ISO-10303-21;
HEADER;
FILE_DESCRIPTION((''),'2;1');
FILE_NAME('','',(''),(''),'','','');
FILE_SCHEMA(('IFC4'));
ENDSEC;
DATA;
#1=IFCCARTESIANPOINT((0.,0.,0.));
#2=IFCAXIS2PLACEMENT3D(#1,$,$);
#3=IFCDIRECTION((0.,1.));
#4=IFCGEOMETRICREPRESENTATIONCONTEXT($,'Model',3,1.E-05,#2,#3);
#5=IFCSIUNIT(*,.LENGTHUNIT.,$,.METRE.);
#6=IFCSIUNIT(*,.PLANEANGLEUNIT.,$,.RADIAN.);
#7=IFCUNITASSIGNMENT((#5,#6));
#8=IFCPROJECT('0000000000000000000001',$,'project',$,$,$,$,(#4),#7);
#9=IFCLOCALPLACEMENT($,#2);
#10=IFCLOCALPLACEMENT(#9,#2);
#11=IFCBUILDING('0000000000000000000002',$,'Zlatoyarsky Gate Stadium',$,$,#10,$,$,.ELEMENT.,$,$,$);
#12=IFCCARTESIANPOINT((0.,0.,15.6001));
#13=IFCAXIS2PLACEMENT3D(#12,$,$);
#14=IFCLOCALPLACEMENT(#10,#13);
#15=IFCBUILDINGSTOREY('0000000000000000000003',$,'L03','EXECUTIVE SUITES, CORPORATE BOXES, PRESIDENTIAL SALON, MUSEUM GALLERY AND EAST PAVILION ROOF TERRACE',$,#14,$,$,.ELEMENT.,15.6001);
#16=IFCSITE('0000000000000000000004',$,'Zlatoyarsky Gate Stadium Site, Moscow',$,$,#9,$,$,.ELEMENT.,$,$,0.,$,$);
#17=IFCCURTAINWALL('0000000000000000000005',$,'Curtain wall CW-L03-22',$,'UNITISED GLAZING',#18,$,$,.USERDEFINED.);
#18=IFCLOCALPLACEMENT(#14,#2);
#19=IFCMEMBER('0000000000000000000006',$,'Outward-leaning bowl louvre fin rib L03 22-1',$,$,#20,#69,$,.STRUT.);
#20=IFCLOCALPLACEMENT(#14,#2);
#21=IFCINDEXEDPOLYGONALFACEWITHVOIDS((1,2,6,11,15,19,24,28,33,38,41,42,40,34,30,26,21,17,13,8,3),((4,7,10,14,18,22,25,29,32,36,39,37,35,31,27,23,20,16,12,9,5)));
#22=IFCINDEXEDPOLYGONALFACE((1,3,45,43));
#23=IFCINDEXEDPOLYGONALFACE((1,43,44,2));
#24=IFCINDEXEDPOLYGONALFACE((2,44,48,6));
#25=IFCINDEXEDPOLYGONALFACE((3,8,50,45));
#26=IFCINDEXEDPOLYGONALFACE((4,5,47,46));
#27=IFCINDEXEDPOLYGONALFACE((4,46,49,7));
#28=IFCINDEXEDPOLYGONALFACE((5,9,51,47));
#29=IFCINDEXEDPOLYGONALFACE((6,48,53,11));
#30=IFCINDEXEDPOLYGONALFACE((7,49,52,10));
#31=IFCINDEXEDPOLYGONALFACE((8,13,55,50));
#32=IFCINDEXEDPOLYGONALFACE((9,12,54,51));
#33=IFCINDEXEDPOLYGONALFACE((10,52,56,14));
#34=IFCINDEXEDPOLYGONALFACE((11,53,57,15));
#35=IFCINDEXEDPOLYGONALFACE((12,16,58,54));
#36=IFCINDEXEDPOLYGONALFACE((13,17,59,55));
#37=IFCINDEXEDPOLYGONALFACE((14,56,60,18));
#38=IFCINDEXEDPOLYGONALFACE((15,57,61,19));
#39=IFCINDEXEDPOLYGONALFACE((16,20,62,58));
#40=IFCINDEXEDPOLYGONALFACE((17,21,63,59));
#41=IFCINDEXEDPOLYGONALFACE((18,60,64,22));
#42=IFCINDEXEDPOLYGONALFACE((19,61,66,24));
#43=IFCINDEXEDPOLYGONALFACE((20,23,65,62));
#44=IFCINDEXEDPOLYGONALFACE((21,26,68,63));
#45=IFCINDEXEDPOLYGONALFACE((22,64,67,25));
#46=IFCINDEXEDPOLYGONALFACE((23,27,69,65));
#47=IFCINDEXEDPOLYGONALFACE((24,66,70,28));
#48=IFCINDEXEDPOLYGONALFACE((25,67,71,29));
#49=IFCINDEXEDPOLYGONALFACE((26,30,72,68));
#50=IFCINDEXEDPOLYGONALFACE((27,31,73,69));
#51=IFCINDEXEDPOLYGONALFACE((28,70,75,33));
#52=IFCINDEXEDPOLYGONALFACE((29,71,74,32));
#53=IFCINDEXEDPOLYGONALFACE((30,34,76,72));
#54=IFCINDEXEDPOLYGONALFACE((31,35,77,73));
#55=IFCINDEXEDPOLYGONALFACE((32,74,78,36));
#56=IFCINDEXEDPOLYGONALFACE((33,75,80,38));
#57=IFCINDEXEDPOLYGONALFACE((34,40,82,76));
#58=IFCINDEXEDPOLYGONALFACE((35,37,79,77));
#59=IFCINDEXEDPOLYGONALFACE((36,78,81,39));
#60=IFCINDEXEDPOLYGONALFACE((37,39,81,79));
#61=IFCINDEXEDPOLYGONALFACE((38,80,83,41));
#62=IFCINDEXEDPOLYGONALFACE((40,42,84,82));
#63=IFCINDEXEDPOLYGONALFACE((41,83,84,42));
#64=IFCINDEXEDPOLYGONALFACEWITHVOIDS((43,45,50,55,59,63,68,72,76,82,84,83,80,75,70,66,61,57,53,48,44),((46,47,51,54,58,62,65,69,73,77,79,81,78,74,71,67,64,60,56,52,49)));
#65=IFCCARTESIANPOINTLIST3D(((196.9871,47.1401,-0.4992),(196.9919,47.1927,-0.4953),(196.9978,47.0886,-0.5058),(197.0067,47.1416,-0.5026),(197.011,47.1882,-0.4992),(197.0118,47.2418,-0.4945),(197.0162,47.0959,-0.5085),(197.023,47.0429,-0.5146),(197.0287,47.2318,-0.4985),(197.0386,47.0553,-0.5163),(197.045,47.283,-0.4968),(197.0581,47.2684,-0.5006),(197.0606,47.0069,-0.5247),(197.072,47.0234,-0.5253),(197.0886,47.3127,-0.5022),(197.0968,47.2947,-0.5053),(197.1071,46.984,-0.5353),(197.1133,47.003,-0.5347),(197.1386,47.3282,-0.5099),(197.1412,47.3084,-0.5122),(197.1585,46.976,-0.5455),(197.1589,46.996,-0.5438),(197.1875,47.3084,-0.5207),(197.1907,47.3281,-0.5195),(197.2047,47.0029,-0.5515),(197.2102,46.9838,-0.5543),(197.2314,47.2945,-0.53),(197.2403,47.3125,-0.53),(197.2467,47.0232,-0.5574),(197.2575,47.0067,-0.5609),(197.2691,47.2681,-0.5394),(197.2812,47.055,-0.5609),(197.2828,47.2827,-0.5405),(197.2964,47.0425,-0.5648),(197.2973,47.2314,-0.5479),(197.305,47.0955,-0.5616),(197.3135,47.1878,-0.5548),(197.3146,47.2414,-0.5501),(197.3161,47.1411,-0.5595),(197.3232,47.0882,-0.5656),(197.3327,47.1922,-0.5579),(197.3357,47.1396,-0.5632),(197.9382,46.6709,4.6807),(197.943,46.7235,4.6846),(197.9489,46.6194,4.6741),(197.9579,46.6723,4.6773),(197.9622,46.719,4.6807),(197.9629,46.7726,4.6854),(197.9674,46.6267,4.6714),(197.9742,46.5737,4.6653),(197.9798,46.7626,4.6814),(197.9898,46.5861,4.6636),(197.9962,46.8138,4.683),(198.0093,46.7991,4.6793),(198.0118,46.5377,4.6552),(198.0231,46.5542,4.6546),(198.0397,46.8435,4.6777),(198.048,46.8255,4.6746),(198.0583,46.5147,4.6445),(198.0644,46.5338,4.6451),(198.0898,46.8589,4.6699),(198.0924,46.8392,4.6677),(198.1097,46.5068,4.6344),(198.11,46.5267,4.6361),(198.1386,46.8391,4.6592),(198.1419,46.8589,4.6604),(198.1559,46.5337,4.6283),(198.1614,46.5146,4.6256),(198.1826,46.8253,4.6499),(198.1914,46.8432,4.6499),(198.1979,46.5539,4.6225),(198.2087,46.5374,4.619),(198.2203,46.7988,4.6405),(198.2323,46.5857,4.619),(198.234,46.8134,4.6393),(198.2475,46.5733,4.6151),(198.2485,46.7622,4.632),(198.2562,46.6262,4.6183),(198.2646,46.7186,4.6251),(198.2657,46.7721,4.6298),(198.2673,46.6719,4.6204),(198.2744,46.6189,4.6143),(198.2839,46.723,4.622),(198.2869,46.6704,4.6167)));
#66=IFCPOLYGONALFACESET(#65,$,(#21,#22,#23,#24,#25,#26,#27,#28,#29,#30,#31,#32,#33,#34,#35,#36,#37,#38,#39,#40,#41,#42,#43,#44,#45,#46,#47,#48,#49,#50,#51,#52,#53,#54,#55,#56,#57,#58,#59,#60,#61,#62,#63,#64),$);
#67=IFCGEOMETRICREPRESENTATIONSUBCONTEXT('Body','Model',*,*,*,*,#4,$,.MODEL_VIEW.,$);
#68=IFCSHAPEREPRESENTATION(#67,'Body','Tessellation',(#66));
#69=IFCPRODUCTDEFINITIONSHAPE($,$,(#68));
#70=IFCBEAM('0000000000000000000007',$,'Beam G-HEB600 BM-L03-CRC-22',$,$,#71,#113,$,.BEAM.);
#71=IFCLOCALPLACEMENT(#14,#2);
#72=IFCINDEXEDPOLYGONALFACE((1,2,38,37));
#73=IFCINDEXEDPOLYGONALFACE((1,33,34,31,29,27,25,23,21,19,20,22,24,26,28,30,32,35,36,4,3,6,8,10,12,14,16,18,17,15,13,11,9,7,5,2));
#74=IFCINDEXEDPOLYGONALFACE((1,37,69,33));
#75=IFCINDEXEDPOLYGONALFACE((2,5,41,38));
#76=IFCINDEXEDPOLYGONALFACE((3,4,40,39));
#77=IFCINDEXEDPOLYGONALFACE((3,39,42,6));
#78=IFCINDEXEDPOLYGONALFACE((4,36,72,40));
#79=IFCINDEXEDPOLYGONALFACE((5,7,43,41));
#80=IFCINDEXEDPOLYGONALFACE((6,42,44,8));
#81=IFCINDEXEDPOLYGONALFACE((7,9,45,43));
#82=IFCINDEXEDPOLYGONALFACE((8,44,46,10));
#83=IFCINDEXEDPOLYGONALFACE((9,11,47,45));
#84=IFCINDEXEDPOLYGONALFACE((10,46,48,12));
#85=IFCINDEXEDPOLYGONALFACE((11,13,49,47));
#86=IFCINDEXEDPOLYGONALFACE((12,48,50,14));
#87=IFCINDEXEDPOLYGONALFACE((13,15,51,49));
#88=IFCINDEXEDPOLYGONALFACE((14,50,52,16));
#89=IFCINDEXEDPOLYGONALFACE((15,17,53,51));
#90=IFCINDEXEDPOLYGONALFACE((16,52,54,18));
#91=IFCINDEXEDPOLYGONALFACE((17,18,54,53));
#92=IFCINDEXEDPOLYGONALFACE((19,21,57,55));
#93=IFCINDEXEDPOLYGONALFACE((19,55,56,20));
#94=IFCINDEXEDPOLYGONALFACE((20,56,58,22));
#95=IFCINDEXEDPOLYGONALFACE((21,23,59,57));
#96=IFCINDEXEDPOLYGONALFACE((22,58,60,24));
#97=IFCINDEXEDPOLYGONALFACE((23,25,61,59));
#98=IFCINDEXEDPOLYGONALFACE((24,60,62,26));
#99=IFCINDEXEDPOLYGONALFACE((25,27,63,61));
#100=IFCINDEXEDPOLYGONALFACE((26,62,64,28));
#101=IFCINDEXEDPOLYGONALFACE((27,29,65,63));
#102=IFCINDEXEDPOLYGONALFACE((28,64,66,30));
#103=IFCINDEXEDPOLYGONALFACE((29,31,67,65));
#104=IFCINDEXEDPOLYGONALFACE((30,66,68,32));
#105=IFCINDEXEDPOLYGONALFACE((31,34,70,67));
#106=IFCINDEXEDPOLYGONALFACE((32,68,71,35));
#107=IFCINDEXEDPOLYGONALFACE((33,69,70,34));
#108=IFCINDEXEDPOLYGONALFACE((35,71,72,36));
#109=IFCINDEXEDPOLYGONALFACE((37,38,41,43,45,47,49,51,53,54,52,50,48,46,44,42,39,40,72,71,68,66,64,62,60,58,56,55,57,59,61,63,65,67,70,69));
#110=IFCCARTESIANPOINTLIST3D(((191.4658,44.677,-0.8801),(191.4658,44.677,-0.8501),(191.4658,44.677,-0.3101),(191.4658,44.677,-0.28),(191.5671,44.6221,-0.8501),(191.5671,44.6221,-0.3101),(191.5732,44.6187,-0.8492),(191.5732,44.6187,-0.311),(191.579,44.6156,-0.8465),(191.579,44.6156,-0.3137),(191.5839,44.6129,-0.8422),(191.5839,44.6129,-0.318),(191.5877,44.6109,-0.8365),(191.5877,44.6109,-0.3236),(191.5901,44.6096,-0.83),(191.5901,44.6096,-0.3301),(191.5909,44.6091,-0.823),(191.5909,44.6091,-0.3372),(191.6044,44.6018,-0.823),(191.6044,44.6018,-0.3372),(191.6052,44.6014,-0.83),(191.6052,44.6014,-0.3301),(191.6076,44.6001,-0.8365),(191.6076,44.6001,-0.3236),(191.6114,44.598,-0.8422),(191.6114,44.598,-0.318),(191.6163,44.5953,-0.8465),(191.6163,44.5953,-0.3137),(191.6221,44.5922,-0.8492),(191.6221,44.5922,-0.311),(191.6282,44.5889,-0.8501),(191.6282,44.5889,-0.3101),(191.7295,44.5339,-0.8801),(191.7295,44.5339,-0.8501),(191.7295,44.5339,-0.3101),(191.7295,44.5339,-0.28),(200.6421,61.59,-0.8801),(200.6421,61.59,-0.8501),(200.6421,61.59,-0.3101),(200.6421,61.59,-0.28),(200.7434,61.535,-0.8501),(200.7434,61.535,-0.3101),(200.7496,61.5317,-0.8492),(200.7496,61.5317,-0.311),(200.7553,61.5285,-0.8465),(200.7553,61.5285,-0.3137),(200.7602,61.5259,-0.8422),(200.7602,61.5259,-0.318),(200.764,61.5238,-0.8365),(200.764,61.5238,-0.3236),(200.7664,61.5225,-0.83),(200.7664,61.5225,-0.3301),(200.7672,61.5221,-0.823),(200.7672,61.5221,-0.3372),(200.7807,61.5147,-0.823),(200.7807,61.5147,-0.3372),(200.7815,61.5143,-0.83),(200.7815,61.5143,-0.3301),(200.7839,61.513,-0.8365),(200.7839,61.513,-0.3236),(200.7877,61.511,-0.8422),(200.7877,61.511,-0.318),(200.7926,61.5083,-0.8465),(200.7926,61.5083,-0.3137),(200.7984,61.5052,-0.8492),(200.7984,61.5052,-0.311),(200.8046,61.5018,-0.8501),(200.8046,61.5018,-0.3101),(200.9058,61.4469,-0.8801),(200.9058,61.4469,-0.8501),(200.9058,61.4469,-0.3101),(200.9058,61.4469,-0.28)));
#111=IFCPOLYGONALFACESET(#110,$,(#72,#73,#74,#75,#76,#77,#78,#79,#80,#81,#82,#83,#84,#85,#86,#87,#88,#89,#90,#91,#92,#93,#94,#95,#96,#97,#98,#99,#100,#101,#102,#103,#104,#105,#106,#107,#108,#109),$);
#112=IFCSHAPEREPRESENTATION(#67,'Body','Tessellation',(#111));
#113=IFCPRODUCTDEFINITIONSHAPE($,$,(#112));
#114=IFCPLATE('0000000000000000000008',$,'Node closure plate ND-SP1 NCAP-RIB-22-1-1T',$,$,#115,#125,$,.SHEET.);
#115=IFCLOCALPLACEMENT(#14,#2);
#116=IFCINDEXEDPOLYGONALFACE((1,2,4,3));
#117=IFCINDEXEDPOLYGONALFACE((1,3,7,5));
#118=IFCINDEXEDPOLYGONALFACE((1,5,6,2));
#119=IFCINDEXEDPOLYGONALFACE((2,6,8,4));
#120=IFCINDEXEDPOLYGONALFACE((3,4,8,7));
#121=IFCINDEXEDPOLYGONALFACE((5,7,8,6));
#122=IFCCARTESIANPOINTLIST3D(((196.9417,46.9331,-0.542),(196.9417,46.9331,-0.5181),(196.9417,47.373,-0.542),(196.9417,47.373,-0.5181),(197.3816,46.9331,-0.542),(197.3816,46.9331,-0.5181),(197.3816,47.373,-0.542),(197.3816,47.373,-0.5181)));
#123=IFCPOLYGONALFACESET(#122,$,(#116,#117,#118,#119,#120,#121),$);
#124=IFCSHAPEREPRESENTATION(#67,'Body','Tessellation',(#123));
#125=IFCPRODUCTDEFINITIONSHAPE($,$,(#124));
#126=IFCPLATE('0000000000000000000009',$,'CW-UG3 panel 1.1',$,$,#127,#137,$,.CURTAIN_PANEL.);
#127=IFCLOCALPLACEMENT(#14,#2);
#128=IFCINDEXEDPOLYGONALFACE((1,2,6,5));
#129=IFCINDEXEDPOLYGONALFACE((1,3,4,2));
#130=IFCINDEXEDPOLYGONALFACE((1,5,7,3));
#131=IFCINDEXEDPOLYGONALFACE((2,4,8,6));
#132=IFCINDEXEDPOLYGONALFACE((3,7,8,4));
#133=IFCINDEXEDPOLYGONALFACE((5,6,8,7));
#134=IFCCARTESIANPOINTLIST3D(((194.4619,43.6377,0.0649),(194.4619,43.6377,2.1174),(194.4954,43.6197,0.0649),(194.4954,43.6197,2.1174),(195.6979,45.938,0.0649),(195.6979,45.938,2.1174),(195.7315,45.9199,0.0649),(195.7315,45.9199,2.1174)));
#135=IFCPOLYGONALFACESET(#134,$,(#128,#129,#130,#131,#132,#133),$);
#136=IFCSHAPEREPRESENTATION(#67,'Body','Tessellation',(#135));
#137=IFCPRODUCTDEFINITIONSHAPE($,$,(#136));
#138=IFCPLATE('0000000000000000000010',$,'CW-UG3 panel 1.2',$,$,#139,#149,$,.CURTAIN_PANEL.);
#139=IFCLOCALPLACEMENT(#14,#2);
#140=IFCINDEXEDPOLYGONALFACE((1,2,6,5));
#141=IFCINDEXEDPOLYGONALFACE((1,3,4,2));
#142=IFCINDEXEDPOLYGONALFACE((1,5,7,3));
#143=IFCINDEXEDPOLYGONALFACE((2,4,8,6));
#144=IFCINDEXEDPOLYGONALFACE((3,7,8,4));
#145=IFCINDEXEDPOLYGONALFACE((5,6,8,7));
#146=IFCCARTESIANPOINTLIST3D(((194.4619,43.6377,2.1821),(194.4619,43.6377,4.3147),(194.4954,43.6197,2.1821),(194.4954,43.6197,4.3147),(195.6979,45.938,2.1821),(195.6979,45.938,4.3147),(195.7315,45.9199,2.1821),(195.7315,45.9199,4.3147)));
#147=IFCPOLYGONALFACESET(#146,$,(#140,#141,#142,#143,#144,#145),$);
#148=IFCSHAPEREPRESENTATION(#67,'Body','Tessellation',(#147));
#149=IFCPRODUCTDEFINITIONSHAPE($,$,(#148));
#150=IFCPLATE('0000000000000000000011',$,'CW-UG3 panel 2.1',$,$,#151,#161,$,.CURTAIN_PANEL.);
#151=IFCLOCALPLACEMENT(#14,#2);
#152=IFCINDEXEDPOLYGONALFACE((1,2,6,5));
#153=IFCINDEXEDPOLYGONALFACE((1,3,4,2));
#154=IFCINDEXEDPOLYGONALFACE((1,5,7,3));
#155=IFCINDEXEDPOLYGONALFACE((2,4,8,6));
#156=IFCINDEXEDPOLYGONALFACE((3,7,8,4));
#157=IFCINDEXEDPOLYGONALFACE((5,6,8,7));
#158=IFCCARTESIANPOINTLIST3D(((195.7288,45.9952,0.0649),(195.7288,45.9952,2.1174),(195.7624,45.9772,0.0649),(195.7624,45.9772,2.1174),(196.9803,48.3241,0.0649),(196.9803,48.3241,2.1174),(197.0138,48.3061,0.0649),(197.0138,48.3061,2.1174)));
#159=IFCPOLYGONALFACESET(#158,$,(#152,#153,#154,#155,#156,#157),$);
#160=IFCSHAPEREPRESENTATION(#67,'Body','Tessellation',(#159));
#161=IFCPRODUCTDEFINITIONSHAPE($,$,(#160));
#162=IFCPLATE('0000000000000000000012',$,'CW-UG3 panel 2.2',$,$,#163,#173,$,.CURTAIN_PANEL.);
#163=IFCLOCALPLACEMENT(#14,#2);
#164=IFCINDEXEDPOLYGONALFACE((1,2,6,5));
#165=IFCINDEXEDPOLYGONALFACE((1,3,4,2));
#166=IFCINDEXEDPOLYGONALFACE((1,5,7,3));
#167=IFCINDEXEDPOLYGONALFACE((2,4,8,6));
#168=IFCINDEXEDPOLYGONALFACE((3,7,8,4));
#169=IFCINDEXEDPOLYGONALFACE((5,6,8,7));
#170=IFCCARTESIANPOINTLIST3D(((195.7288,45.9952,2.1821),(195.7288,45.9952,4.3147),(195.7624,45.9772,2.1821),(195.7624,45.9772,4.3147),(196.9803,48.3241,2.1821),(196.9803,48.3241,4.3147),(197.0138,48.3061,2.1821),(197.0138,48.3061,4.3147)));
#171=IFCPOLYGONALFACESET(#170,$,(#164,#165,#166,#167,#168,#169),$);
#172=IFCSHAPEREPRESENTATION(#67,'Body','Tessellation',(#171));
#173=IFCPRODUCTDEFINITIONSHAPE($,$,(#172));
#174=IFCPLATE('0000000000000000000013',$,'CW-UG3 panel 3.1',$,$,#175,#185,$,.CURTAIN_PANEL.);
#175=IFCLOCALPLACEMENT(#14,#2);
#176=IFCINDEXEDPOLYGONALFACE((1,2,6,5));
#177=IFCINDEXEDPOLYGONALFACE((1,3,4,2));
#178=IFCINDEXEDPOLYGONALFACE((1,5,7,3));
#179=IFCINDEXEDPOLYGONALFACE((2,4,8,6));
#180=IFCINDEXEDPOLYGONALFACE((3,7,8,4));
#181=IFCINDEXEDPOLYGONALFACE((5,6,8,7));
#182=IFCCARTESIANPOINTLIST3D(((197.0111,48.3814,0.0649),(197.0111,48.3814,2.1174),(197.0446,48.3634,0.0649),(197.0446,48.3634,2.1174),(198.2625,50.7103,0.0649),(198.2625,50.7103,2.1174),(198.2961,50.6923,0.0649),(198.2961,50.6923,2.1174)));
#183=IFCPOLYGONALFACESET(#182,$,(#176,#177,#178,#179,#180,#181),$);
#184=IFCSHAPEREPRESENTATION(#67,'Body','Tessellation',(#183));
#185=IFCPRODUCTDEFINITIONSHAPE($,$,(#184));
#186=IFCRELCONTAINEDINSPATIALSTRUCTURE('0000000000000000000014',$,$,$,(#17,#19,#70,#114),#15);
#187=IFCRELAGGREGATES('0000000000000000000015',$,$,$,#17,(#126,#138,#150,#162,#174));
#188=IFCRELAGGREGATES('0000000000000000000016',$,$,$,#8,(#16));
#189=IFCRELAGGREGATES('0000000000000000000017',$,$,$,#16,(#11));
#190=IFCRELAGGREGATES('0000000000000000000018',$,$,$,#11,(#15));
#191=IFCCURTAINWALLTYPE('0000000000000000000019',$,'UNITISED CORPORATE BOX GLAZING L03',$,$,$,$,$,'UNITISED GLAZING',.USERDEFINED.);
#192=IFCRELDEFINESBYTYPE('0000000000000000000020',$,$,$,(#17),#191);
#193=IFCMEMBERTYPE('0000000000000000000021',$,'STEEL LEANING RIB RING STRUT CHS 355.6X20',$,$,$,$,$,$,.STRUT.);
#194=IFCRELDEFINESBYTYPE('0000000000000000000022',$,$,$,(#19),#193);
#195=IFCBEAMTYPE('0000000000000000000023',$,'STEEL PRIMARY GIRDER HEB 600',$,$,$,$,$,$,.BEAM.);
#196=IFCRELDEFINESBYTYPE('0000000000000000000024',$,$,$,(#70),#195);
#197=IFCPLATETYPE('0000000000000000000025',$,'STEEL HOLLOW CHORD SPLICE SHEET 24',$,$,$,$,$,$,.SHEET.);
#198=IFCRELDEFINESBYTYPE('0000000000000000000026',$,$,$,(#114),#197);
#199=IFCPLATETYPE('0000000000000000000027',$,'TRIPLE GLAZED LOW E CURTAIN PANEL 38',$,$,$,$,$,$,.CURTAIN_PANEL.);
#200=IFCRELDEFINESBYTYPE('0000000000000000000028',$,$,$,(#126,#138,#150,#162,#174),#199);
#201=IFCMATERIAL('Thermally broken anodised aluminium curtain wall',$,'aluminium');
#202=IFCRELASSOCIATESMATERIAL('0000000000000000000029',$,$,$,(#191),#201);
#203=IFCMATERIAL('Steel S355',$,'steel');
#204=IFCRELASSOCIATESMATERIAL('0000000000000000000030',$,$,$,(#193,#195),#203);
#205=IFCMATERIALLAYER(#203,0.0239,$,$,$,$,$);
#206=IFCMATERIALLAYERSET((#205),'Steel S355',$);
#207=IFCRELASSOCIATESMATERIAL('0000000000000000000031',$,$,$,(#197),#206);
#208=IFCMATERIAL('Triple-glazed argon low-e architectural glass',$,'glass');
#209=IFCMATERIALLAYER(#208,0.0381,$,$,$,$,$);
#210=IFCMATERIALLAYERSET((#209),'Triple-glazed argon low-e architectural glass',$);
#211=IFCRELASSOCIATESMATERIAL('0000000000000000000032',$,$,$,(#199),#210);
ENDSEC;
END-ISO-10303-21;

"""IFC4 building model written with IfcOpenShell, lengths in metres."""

from ifc_helpers import new_model, si_unit, direction, frame, origin, origin_2d, place, context, subcontext, project, spatial, rectangle, hollow_circle, i_section, extrude, material, layer, layer_set, material_profile, profile_set, type_object, element, aggregate, save


model = new_model("IFC4")

# Units and contexts
model_context = context("Model", 3, precision=1e-05, world=origin(), true_north=direction((0.0, 1.0)))
body_context = subcontext(model_context, "Body", "Model", "MODEL_VIEW")
ifc_project = project(units=[si_unit("LENGTHUNIT", "METRE"), si_unit("PLANEANGLEUNIT", "RADIAN")], contexts=[model_context])

# Site, building, storey
site_placement = place(None, origin())
site = spatial("IfcSite", under=ifc_project, at=site_placement, Name="Zlatoyarsky Gate Stadium Site, Moscow", CompositionType="ELEMENT", RefElevation=0.0)
building_placement = place(site_placement, origin())
building = spatial("IfcBuilding", under=site, at=building_placement, Name="Zlatoyarsky Gate Stadium", CompositionType="ELEMENT")
storey_placement = place(building_placement, frame((0.0, 0.0, 15.6001)))
storey = spatial("IfcBuildingStorey", under=building, at=storey_placement, Name="L03", Description="EXECUTIVE SUITES, CORPORATE BOXES, PRESIDENTIAL SALON, MUSEUM GALLERY AND EAST PAVILION ROOF TERRACE", CompositionType="ELEMENT", Elevation=15.6001)

# Shared definitions
ifc_material_1 = material(Name="Steel S355", Category="steel")

# Curtain wall
ifc_material_2 = material(Name="Thermally broken anodised aluminium curtain wall", Category="aluminium")
curtain_wall_type = type_object("IfcCurtainWallType", Name="UNITISED CORPORATE BOX GLAZING L03", ElementType="UNITISED GLAZING", PredefinedType="USERDEFINED", material=ifc_material_2)
curtain_wall_placement = place(storey_placement, origin())
curtain_wall = element("IfcCurtainWall", 1, at=curtain_wall_placement, inside=storey, type_object=curtain_wall_type, Name="Curtain wall CW-L03-22", ObjectType="UNITISED GLAZING", PredefinedType="USERDEFINED")

# Member
ifc_material_profile_1 = material_profile(ifc_material_1, hollow_circle(Radius=0.1777, WallThickness=0.02, at=origin_2d()), Name="CHS 355.6X20")
ifc_profile_set_1 = profile_set([ifc_material_profile_1], Name="Steel S355")
member_type_1 = type_object("IfcMemberType", Name="STEEL LEANING RIB RING STRUT CHS 355.6X20", PredefinedType="STRUT", material=ifc_profile_set_1)
member_1_placement = place(storey_placement, frame((197.1616, 47.1531, -0.53), z_axis=(0.179894, -0.088746, 0.979675), x_axis=(0.442419, 0.896808, 0.0)))
element("IfcMember", 2, at=member_1_placement, inside=storey, type_object=member_type_1, Name="Outward-leaning bowl louvre fin rib L03 22-1", PredefinedType="STRUT", context=body_context, shape_type="SweptSolid", body=[
    extrude(hollow_circle(Radius=0.1777, WallThickness=0.02, at=origin_2d()), origin(), (0.0, 0.0, 1.0), 5.2874),
])

# Beam
ifc_material_profile_2 = material_profile(ifc_material_1, i_section(OverallWidth=0.3, OverallDepth=0.6001, WebThickness=0.0154, FlangeThickness=0.03, FilletRadius=0.0271, at=origin_2d()), Name="HEB 600")
ifc_profile_set_2 = profile_set([ifc_material_profile_2], Name="Steel S355")
beam_type = type_object("IfcBeamType", Name="STEEL PRIMARY GIRDER HEB 600", PredefinedType="BEAM", material=ifc_profile_set_2)
beam_placement = place(storey_placement, frame((191.5977, 44.6055, -0.5801), z_axis=(0.476892, 0.878962, 0.0), x_axis=(-0.878962, 0.476892, 0.0)))
element("IfcBeam", 3, at=beam_placement, inside=storey, type_object=beam_type, Name="Beam G-HEB600 BM-L03-CRC-22", PredefinedType="BEAM", context=body_context, shape_type="SweptSolid", body=[
    extrude(i_section(OverallWidth=0.3, OverallDepth=0.6001, WebThickness=0.0154, FlangeThickness=0.03, FilletRadius=0.0271, at=origin_2d()), origin(), (0.0, 0.0, 1.0), 19.2419),
])

# Plates
ifc_layer_1 = layer(ifc_material_1, 0.0239)
ifc_layer_set_1 = layer_set([ifc_layer_1], Name="Steel S355")
plate_type_1 = type_object("IfcPlateType", Name="STEEL HOLLOW CHORD SPLICE SHEET 24", PredefinedType="SHEET", material=ifc_layer_set_1)
plate_1_placement = place(storey_placement, frame((197.1616, 47.1531, -0.542), z_axis=(0.0, 0.0, 1.0), x_axis=(1.0, 0.0, 0.0)))
element("IfcPlate", 4, at=plate_1_placement, inside=storey, type_object=plate_type_1, Name="Node closure plate ND-SP1 NCAP-RIB-22-1-1T", PredefinedType="SHEET", context=body_context, shape_type="SweptSolid", body=[
    extrude(rectangle(XDim=0.4399, YDim=0.4399, at=origin_2d()), origin(), (0.0, 0.0, 1.0), 0.0239),
])
ifc_material_3 = material(Name="Triple-glazed argon low-e architectural glass", Category="glass")
ifc_layer_2 = layer(ifc_material_3, 0.0381)
ifc_layer_set_2 = layer_set([ifc_layer_2], Name="Triple-glazed argon low-e architectural glass")
plate_type_2 = type_object("IfcPlateType", Name="TRIPLE GLAZED LOW E CURTAIN PANEL 38", PredefinedType="CURTAIN_PANEL", material=ifc_layer_set_2)
plate_2_placement = place(storey_placement, frame((195.0967, 44.7788, 0.0649), z_axis=(0.0, 0.0, 1.0), x_axis=(0.473345, 0.880877, 0.0)))
plate_2 = element("IfcPlate", 5, at=plate_2_placement, type_object=plate_type_2, Name="CW-UG3 panel 1.1", PredefinedType="CURTAIN_PANEL", context=body_context, shape_type="SweptSolid", body=[
    extrude(rectangle(XDim=2.6113, YDim=0.0381, at=origin_2d()), origin(), (0.0, 0.0, 1.0), 2.0525),
])
plate_3_placement = place(storey_placement, frame((195.0967, 44.7788, 2.1821), z_axis=(0.0, 0.0, 1.0), x_axis=(0.473345, 0.880877, 0.0)))
plate_3 = element("IfcPlate", 6, at=plate_3_placement, type_object=plate_type_2, Name="CW-UG3 panel 1.2", PredefinedType="CURTAIN_PANEL", context=body_context, shape_type="SweptSolid", body=[
    extrude(rectangle(XDim=2.6113, YDim=0.0381, at=origin_2d()), origin(), (0.0, 0.0, 1.0), 2.1326),
])
plate_4_placement = place(storey_placement, frame((196.3713, 47.1506, 0.0649), z_axis=(0.0, 0.0, 1.0), x_axis=(0.473345, 0.880877, 0.0)))
plate_4 = element("IfcPlate", 7, at=plate_4_placement, type_object=plate_type_2, Name="CW-UG3 panel 2.1", PredefinedType="CURTAIN_PANEL", context=body_context, shape_type="SweptSolid", body=[
    extrude(rectangle(XDim=2.6438, YDim=0.0381, at=origin_2d()), origin(), (0.0, 0.0, 1.0), 2.0525),
])
plate_5_placement = place(storey_placement, frame((196.3713, 47.1506, 2.1821), z_axis=(0.0, 0.0, 1.0), x_axis=(0.473345, 0.880877, 0.0)))
plate_5 = element("IfcPlate", 8, at=plate_5_placement, type_object=plate_type_2, Name="CW-UG3 panel 2.2", PredefinedType="CURTAIN_PANEL", context=body_context, shape_type="SweptSolid", body=[
    extrude(rectangle(XDim=2.6438, YDim=0.0381, at=origin_2d()), origin(), (0.0, 0.0, 1.0), 2.1326),
])
plate_6_placement = place(storey_placement, frame((197.6536, 49.5369, 0.0649), z_axis=(0.0, 0.0, 1.0), x_axis=(0.473345, 0.880877, 0.0)))
plate_6 = element("IfcPlate", 9, at=plate_6_placement, type_object=plate_type_2, Name="CW-UG3 panel 3.1", PredefinedType="CURTAIN_PANEL", context=body_context, shape_type="SweptSolid", body=[
    extrude(rectangle(XDim=2.6438, YDim=0.0381, at=origin_2d()), origin(), (0.0, 0.0, 1.0), 2.0525),
])
aggregate(curtain_wall, [plate_2, plate_3, plate_4, plate_5, plate_6])

save(model, "model.ifc")
